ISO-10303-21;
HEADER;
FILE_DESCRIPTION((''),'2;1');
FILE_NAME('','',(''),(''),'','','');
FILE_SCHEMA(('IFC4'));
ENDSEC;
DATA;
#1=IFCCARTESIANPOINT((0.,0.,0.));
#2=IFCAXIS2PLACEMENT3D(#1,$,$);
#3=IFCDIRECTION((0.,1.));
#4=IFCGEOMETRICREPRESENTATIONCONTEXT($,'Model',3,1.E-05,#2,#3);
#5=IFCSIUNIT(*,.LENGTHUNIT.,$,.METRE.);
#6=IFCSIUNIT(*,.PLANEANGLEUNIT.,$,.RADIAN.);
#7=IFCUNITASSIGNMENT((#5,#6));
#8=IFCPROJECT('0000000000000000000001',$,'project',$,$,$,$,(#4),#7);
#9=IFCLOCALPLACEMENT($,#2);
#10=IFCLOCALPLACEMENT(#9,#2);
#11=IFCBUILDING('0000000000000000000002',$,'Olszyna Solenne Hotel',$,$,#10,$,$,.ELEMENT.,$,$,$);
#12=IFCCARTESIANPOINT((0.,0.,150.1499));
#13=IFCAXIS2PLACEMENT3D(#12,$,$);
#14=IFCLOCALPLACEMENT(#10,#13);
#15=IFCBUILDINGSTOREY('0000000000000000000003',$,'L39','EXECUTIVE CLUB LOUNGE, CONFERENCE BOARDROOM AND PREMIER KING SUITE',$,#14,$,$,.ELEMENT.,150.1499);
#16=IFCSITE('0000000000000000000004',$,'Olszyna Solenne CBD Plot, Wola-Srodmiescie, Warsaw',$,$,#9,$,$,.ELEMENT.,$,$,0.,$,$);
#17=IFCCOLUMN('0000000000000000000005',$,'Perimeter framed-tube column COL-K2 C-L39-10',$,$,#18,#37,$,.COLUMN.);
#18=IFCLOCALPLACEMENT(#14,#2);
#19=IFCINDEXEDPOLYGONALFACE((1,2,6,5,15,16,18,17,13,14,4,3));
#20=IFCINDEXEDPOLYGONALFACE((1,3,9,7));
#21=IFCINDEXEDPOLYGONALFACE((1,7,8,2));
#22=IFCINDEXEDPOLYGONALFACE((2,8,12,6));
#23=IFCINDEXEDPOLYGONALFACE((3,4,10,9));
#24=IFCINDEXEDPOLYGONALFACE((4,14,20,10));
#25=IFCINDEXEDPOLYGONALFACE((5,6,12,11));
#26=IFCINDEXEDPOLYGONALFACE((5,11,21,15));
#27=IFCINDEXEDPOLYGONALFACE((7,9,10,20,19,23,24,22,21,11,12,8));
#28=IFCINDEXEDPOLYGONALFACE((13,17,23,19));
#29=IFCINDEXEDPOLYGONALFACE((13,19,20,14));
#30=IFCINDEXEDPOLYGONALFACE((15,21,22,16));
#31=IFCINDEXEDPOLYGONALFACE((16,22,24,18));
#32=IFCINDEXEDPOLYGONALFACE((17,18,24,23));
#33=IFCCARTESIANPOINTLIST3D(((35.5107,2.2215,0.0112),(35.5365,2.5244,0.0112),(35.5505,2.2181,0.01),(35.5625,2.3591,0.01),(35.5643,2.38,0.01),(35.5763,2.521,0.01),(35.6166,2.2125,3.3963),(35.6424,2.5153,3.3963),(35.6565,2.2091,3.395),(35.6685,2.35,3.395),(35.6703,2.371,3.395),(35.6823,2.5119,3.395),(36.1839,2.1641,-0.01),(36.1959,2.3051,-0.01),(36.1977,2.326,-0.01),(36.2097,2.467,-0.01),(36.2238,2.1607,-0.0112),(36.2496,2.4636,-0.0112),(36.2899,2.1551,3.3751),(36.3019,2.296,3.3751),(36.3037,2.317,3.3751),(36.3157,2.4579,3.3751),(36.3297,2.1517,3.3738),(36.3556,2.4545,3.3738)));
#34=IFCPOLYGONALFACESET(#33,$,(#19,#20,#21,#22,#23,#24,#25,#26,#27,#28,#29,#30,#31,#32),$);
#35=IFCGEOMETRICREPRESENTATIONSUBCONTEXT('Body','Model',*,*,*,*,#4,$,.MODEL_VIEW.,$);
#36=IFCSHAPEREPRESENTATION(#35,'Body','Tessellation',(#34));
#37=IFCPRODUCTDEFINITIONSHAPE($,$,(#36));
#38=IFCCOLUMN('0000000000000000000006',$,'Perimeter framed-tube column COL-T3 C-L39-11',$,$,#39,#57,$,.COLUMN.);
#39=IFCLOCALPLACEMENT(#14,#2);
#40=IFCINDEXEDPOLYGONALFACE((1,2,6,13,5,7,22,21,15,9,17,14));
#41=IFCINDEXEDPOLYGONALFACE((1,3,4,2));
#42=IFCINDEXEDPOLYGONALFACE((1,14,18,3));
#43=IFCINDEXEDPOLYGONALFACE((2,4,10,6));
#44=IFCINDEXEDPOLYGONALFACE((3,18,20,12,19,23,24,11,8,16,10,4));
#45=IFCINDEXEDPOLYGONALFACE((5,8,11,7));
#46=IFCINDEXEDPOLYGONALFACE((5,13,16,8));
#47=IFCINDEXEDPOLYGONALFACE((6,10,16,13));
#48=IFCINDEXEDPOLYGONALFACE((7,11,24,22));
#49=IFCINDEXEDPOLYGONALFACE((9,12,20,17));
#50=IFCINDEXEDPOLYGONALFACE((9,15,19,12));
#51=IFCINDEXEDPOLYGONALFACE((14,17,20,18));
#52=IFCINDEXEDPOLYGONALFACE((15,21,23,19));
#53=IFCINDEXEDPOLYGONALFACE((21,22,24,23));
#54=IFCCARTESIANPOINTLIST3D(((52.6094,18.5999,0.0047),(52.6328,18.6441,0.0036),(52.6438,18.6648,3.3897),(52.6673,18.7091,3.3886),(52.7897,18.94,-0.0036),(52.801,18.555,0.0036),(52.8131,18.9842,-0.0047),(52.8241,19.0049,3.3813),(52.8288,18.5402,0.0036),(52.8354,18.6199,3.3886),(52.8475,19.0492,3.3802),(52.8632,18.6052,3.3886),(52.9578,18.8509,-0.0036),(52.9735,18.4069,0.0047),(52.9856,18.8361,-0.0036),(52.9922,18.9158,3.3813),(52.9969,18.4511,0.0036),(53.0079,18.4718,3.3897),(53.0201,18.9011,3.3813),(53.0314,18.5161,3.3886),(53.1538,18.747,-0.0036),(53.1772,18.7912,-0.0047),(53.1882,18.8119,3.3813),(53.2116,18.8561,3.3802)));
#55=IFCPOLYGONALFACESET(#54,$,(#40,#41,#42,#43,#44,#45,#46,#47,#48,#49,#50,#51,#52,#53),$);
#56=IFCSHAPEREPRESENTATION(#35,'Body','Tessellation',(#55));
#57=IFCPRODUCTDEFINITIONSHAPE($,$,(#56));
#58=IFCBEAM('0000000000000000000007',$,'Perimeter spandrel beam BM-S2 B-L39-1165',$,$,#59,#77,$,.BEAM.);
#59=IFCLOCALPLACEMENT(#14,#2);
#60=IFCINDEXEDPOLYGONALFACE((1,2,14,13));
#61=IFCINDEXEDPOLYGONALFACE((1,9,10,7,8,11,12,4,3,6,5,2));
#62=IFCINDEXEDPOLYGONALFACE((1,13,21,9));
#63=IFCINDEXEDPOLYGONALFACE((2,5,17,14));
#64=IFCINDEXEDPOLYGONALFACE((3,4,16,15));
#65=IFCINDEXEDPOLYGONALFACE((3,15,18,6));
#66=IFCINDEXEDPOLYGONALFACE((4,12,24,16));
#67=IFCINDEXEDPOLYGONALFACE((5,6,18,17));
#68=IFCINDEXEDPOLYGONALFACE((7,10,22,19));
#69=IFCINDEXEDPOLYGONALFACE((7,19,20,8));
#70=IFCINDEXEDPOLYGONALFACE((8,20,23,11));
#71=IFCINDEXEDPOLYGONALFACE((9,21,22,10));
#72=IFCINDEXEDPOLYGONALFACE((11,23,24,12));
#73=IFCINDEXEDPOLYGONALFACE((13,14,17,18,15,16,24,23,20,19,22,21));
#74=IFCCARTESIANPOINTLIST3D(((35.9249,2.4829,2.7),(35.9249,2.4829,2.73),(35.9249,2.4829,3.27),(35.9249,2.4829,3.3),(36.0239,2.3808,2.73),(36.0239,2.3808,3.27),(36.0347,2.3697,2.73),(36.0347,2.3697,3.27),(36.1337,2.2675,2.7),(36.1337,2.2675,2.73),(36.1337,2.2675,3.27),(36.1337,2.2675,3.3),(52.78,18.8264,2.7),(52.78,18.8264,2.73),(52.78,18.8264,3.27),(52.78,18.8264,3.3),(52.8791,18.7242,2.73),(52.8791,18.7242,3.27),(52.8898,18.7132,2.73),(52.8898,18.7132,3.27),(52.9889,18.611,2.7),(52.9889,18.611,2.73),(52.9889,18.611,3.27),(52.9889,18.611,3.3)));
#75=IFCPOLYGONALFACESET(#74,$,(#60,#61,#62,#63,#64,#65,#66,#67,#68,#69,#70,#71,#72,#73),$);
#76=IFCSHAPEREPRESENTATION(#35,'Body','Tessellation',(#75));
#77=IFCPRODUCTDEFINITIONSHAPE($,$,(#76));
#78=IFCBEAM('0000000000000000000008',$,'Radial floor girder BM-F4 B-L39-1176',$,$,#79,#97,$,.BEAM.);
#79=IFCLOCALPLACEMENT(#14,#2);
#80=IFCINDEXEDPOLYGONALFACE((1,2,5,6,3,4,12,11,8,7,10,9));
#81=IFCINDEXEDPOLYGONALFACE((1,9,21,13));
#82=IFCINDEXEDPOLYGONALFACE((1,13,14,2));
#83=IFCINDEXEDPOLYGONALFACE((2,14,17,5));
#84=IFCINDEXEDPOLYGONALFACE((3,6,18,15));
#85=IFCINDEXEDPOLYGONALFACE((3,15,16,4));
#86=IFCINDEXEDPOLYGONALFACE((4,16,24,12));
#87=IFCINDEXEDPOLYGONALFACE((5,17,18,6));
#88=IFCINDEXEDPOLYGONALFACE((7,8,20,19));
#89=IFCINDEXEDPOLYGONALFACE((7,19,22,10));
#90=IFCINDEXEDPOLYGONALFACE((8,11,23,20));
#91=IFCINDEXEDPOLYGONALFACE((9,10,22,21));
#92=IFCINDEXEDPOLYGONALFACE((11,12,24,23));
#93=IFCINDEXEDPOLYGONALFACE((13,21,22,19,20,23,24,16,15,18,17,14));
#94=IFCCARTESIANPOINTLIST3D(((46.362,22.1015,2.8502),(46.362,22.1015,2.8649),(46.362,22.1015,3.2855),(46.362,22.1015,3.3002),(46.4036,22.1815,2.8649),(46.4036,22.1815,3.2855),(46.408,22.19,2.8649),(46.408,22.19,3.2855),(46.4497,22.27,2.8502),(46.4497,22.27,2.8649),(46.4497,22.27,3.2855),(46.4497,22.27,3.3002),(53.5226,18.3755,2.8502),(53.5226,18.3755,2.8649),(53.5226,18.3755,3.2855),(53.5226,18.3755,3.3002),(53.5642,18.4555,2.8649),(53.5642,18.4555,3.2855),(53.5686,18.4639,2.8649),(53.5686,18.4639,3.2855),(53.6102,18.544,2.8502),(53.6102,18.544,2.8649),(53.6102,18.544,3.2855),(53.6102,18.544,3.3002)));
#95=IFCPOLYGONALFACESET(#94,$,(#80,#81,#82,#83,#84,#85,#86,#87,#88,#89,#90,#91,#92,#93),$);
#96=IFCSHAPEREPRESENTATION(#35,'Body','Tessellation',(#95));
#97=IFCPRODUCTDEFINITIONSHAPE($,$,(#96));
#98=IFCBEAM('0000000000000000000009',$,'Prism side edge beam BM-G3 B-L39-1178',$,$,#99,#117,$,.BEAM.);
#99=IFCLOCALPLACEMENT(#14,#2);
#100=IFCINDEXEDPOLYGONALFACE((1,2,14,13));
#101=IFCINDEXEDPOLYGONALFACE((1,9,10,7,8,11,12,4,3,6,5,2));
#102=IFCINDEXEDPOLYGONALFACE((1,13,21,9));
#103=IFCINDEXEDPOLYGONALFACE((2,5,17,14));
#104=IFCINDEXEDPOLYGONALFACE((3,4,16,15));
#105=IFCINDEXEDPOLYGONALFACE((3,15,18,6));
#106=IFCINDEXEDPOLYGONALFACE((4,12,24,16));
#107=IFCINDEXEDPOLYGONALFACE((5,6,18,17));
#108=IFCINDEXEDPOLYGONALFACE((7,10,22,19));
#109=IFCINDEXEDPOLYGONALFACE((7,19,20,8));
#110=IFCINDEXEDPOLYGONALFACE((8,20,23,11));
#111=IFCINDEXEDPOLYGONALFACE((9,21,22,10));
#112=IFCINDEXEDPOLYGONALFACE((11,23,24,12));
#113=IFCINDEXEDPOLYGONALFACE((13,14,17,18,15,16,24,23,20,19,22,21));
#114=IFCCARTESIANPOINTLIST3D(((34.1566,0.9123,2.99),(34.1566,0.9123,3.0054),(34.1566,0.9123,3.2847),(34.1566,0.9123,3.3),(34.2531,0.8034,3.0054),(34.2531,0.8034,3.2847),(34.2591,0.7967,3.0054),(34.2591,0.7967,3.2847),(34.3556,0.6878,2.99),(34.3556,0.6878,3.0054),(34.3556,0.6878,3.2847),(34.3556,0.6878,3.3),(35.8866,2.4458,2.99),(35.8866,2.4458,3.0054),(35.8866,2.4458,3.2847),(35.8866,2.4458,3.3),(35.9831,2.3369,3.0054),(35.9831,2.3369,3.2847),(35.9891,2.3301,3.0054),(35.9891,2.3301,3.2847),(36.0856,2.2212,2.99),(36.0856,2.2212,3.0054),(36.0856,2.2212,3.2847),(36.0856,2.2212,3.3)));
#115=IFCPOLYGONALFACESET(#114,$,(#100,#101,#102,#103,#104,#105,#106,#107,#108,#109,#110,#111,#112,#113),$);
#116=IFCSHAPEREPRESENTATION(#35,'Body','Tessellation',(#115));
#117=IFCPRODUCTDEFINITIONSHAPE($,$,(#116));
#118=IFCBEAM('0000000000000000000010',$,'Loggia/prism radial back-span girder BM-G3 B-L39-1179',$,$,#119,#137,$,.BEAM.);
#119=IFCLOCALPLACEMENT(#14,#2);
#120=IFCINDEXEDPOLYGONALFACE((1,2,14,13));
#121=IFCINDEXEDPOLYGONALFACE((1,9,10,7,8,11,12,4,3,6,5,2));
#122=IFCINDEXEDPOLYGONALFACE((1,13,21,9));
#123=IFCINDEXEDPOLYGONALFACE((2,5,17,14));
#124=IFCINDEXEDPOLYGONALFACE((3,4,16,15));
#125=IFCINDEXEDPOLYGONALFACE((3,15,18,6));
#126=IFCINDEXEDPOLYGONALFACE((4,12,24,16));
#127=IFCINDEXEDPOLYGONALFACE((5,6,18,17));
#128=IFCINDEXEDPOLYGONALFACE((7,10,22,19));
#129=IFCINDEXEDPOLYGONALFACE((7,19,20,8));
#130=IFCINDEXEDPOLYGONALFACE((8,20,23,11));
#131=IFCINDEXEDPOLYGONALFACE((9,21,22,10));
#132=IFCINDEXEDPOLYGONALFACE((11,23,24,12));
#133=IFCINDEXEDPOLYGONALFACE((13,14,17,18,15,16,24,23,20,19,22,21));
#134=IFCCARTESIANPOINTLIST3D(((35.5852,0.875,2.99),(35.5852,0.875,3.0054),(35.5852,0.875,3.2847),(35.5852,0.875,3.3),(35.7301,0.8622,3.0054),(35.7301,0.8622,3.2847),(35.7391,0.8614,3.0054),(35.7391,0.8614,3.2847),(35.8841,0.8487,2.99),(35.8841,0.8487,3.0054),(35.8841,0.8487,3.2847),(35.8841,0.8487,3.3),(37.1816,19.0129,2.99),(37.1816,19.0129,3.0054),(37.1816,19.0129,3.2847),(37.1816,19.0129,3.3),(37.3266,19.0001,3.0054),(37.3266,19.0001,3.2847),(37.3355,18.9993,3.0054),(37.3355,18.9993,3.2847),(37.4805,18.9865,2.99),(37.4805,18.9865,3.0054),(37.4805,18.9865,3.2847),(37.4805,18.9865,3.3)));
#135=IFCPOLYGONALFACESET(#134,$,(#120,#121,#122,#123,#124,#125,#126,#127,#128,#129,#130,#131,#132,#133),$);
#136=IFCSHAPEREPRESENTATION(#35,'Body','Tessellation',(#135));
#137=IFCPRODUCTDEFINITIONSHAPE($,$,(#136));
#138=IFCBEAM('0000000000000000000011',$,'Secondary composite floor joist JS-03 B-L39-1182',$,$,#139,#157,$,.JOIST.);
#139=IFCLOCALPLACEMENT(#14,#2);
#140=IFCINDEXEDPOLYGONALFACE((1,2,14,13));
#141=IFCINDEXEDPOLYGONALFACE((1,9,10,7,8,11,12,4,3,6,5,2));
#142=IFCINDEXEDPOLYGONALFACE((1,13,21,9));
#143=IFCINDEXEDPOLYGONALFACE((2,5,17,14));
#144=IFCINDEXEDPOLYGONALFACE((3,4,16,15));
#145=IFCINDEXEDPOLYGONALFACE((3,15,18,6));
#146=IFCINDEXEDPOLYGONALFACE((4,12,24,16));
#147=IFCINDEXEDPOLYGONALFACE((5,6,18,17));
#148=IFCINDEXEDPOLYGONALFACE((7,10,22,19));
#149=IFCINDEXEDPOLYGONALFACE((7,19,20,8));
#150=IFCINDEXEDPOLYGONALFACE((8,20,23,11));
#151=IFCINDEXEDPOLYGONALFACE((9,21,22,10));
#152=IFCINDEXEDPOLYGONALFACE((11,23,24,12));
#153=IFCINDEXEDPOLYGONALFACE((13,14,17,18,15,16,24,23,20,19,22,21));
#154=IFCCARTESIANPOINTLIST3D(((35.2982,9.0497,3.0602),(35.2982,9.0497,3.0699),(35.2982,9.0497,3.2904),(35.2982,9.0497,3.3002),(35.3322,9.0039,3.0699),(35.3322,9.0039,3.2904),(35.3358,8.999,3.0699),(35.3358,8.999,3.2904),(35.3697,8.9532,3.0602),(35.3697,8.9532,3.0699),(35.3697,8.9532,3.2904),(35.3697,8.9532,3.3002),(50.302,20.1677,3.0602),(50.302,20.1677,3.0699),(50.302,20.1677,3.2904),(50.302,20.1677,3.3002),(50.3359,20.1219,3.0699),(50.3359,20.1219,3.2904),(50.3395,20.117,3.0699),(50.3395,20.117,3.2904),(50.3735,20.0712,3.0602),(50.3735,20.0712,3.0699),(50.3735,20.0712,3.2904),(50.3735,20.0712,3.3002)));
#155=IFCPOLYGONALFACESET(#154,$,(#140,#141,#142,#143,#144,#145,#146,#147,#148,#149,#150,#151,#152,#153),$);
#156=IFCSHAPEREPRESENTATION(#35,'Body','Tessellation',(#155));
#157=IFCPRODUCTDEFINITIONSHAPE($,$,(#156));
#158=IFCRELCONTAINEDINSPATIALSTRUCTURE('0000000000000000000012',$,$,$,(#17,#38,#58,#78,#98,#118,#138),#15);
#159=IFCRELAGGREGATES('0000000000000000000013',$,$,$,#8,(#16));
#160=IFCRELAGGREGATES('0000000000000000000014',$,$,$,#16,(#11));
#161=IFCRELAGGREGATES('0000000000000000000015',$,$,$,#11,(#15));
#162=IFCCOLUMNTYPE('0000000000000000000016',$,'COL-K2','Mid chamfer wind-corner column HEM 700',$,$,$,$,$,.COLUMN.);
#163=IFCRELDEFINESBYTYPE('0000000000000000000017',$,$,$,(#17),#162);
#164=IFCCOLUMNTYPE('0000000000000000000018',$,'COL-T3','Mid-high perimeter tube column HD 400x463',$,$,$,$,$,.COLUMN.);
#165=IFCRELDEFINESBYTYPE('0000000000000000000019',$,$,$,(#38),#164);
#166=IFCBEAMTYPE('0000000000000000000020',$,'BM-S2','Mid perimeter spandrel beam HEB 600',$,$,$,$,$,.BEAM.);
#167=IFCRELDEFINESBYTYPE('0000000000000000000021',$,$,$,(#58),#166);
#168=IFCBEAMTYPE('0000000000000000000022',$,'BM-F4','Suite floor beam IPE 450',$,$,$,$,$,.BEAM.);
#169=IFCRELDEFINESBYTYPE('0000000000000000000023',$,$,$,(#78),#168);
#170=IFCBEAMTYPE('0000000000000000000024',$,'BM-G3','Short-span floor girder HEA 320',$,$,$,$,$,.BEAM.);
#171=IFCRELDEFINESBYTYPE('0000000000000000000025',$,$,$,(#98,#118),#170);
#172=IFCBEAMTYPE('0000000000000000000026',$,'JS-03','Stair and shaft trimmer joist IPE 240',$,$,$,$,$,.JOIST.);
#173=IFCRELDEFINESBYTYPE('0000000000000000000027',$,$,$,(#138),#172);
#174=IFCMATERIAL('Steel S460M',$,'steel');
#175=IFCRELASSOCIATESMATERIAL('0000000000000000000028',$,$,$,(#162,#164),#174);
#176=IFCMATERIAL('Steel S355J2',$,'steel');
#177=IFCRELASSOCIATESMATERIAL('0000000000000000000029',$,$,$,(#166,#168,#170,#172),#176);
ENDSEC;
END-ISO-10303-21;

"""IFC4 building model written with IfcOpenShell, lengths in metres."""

from ifc_helpers import new_model, si_unit, direction, frame, origin, origin_2d, place, context, subcontext, project, spatial, i_section, extrude, source, transform, mapped, material, material_profile, profile_set, type_object, element, save


model = new_model("IFC4")

# Units and contexts
model_context = context("Model", 3, precision=1e-05, world=origin(), true_north=direction((0.0, 1.0)))
body_context = subcontext(model_context, "Body", "Model", "MODEL_VIEW")
ifc_project = project(units=[si_unit("LENGTHUNIT", "METRE"), si_unit("PLANEANGLEUNIT", "RADIAN")], contexts=[model_context])

# Site, building, storey
site_placement = place(None, origin())
site = spatial("IfcSite", under=ifc_project, at=site_placement, Name="Olszyna Solenne CBD Plot, Wola-Srodmiescie, Warsaw", CompositionType="ELEMENT", RefElevation=0.0)
building_placement = place(site_placement, origin())
building = spatial("IfcBuilding", under=site, at=building_placement, Name="Olszyna Solenne Hotel", CompositionType="ELEMENT")
storey_placement = place(building_placement, frame((0.0, 0.0, 150.1499)))
storey = spatial("IfcBuildingStorey", under=building, at=storey_placement, Name="L39", Description="EXECUTIVE CLUB LOUNGE, CONFERENCE BOARDROOM AND PREMIER KING SUITE", CompositionType="ELEMENT", Elevation=150.1499)

# Columns
ifc_material_1 = material(Name="Steel S460M", Category="steel")
ifc_material_profile_1 = material_profile(ifc_material_1, i_section(OverallWidth=0.304, OverallDepth=0.7161, WebThickness=0.021, FlangeThickness=0.04, at=origin_2d()), Name="HEM 700", Category="load-bearing")
ifc_profile_set_1 = profile_set([ifc_material_profile_1], Name="Steel S460M")
column_type_1 = type_object("IfcColumnType", Name="COL-K2", Description="Mid chamfer wind-corner column HEM 700", PredefinedType="COLUMN", material=ifc_profile_set_1)
shared_shape_1 = source(origin(), body_context, "Body", "SweptSolid", [
    extrude(i_section(OverallWidth=0.304, OverallDepth=0.7161, WebThickness=0.021, FlangeThickness=0.04, at=origin_2d()), origin(), (0.0, 0.0, 1.0), 3.3867),
])
column_1_placement = place(storey_placement, frame((35.8801, 2.3425, 0.0), z_axis=(0.031286, -0.002667, 0.999507), x_axis=(0.084945, 0.996386, 0.0)))
element("IfcColumn", 1, at=column_1_placement, inside=storey, type_object=column_type_1, Name="Perimeter framed-tube column COL-K2 C-L39-10", PredefinedType="COLUMN", context=body_context, shape_type="MappedRepresentation", body=[
    mapped(shared_shape_1, transform((0.0, 0.0, 0.0), x_axis=(1.0, 0.0, 0.0), y_axis=(0.0, 1.0, 0.0), z_axis=(0.0, 0.0, 1.0), scale=1.0)),
])
ifc_material_profile_2 = material_profile(ifc_material_1, i_section(OverallWidth=0.4121, OverallDepth=0.4351, WebThickness=0.0315, FlangeThickness=0.05, at=origin_2d()), Name="HD 400x463", Category="load-bearing")
ifc_profile_set_2 = profile_set([ifc_material_profile_2], Name="Steel S460M")
column_type_2 = type_object("IfcColumnType", Name="COL-T3", Description="Mid-high perimeter tube column HD 400x463", PredefinedType="COLUMN", material=ifc_profile_set_2)
shared_shape_2 = source(origin(), body_context, "Body", "SweptSolid", [
    extrude(i_section(OverallWidth=0.4121, OverallDepth=0.4351, WebThickness=0.0315, FlangeThickness=0.05, at=origin_2d()), origin(), (0.0, 0.0, 1.0), 3.3857),
])
column_2_placement = place(storey_placement, frame((52.8933, 18.6956, 0.0), z_axis=(0.010167, 0.01918, 0.999764), x_axis=(-0.883545, 0.468345, 0.0)))
element("IfcColumn", 2, at=column_2_placement, inside=storey, type_object=column_type_2, Name="Perimeter framed-tube column COL-T3 C-L39-11", PredefinedType="COLUMN", context=body_context, shape_type="MappedRepresentation", body=[
    mapped(shared_shape_2, transform((0.0, 0.0, 0.0), x_axis=(1.0, 0.0, 0.0), y_axis=(0.0, 1.0, 0.0), z_axis=(0.0, 0.0, 1.0), scale=1.0)),
])

# Beams
ifc_material_2 = material(Name="Steel S355J2", Category="steel")
ifc_material_profile_3 = material_profile(ifc_material_2, i_section(OverallWidth=0.3, OverallDepth=0.6001, WebThickness=0.0154, FlangeThickness=0.03, at=origin_2d()), Name="HEB 600", Category="load-bearing")
ifc_profile_set_3 = profile_set([ifc_material_profile_3], Name="Steel S355J2")
beam_type_1 = type_object("IfcBeamType", Name="BM-S2", Description="Mid perimeter spandrel beam HEB 600", PredefinedType="BEAM", material=ifc_profile_set_3)
shared_shape_3 = source(origin(), body_context, "Body", "SweptSolid", [
    extrude(i_section(OverallWidth=0.3, OverallDepth=0.6001, WebThickness=0.0154, FlangeThickness=0.03, at=origin_2d()), origin(), (0.0, 0.0, 1.0), 23.4778),
])
beam_1_placement = place(storey_placement, frame((36.0293, 2.3752, 3.0), z_axis=(0.717921, 0.696125, 0.0), x_axis=(-0.696125, 0.717921, 0.0)))
element("IfcBeam", 3, at=beam_1_placement, inside=storey, type_object=beam_type_1, Name="Perimeter spandrel beam BM-S2 B-L39-1165", PredefinedType="BEAM", context=body_context, shape_type="MappedRepresentation", body=[
    mapped(shared_shape_3, transform((0.0, 0.0, 0.0), x_axis=(1.0, 0.0, 0.0), y_axis=(0.0, 1.0, 0.0), z_axis=(0.0, 0.0, 1.0), scale=1.0)),
])
ifc_material_profile_4 = material_profile(ifc_material_2, i_section(OverallWidth=0.1899, OverallDepth=0.45, WebThickness=0.0095, FlangeThickness=0.0146, at=origin_2d()), Name="IPE 450", Category="load-bearing")
ifc_profile_set_4 = profile_set([ifc_material_profile_4], Name="Steel S355J2")
beam_type_2 = type_object("IfcBeamType", Name="BM-F4", Description="Suite floor beam IPE 450", PredefinedType="BEAM", material=ifc_profile_set_4)
shared_shape_4 = source(origin(), body_context, "Body", "SweptSolid", [
    extrude(i_section(OverallWidth=0.1899, OverallDepth=0.45, WebThickness=0.0095, FlangeThickness=0.0146, at=origin_2d()), origin(), (0.0, 0.0, 1.0), 8.072),
])
beam_2_placement = place(storey_placement, frame((53.5664, 18.4597, 3.0752), z_axis=(-0.887088, 0.4616, 0.0), x_axis=(-0.4616, -0.887088, 0.0)))
element("IfcBeam", 4, at=beam_2_placement, inside=storey, type_object=beam_type_2, Name="Radial floor girder BM-F4 B-L39-1176", PredefinedType="BEAM", context=body_context, shape_type="MappedRepresentation", body=[
    mapped(shared_shape_4, transform((0.0, 0.0, 0.0), x_axis=(1.0, 0.0, 0.0), y_axis=(0.0, 1.0, 0.0), z_axis=(0.0, 0.0, 1.0), scale=1.0)),
])
ifc_material_profile_5 = material_profile(ifc_material_2, i_section(OverallWidth=0.3, OverallDepth=0.3101, WebThickness=0.009, FlangeThickness=0.0154, at=origin_2d()), Name="HEA 320", Category="load-bearing")
ifc_profile_set_5 = profile_set([ifc_material_profile_5], Name="Steel S355J2")
beam_type_3 = type_object("IfcBeamType", Name="BM-G3", Description="Short-span floor girder HEA 320", PredefinedType="BEAM", material=ifc_profile_set_5)
shared_shape_5 = source(origin(), body_context, "Body", "SweptSolid", [
    extrude(i_section(OverallWidth=0.3, OverallDepth=0.3101, WebThickness=0.009, FlangeThickness=0.0154, at=origin_2d()), origin(), (0.0, 0.0, 1.0), 2.3118),
])
beam_3_placement = place(storey_placement, frame((35.9861, 2.3335, 3.145), z_axis=(-0.748335, -0.663321, 0.0), x_axis=(0.663321, -0.748335, 0.0)))
element("IfcBeam", 5, at=beam_3_placement, inside=storey, type_object=beam_type_3, Name="Prism side edge beam BM-G3 B-L39-1178", PredefinedType="BEAM", context=body_context, shape_type="MappedRepresentation", body=[
    mapped(shared_shape_5, transform((0.0, 0.0, 0.0), x_axis=(1.0, 0.0, 0.0), y_axis=(0.0, 1.0, 0.0), z_axis=(0.0, 0.0, 1.0), scale=1.0)),
])
shared_shape_6 = source(origin(), body_context, "Body", "SweptSolid", [
    extrude(i_section(OverallWidth=0.3, OverallDepth=0.3101, WebThickness=0.009, FlangeThickness=0.0154, at=origin_2d()), origin(), (0.0, 0.0, 1.0), 18.208),
])
beam_4_placement = place(storey_placement, frame((35.7346, 0.8618, 3.145), z_axis=(0.087677, 0.996149, 0.0), x_axis=(-0.996149, 0.087677, 0.0)))
element("IfcBeam", 6, at=beam_4_placement, inside=storey, type_object=beam_type_3, Name="Loggia/prism radial back-span girder BM-G3 B-L39-1179", PredefinedType="BEAM", context=body_context, shape_type="MappedRepresentation", body=[
    mapped(shared_shape_6, transform((0.0, 0.0, 0.0), x_axis=(1.0, 0.0, 0.0), y_axis=(0.0, 1.0, 0.0), z_axis=(0.0, 0.0, 1.0), scale=1.0)),
])
ifc_material_profile_6 = material_profile(ifc_material_2, i_section(OverallWidth=0.1201, OverallDepth=0.24, WebThickness=0.0061, FlangeThickness=0.0098, at=origin_2d()), Name="IPE 240", Category="load-bearing")
ifc_profile_set_6 = profile_set([ifc_material_profile_6], Name="Steel S355J2")
beam_type_4 = type_object("IfcBeamType", Name="JS-03", Description="Stair and shaft trimmer joist IPE 240", PredefinedType="JOIST", material=ifc_profile_set_6)
shared_shape_7 = source(origin(), body_context, "Body", "SweptSolid", [
    extrude(i_section(OverallWidth=0.1201, OverallDepth=0.24, WebThickness=0.0061, FlangeThickness=0.0098, at=origin_2d()), origin(), (0.0, 0.0, 1.0), 18.6741),
])
beam_5_placement = place(storey_placement, frame((35.334, 9.0015, 3.1802), z_axis=(0.803452, 0.595369, 0.0), x_axis=(-0.595369, 0.803452, 0.0)))
element("IfcBeam", 7, at=beam_5_placement, inside=storey, type_object=beam_type_4, Name="Secondary composite floor joist JS-03 B-L39-1182", PredefinedType="JOIST", context=body_context, shape_type="MappedRepresentation", body=[
    mapped(shared_shape_7, transform((0.0, 0.0, 0.0), x_axis=(1.0, 0.0, 0.0), y_axis=(0.0, 1.0, 0.0), z_axis=(0.0, 0.0, 1.0), scale=1.0)),
])

save(model, "model.ifc")
